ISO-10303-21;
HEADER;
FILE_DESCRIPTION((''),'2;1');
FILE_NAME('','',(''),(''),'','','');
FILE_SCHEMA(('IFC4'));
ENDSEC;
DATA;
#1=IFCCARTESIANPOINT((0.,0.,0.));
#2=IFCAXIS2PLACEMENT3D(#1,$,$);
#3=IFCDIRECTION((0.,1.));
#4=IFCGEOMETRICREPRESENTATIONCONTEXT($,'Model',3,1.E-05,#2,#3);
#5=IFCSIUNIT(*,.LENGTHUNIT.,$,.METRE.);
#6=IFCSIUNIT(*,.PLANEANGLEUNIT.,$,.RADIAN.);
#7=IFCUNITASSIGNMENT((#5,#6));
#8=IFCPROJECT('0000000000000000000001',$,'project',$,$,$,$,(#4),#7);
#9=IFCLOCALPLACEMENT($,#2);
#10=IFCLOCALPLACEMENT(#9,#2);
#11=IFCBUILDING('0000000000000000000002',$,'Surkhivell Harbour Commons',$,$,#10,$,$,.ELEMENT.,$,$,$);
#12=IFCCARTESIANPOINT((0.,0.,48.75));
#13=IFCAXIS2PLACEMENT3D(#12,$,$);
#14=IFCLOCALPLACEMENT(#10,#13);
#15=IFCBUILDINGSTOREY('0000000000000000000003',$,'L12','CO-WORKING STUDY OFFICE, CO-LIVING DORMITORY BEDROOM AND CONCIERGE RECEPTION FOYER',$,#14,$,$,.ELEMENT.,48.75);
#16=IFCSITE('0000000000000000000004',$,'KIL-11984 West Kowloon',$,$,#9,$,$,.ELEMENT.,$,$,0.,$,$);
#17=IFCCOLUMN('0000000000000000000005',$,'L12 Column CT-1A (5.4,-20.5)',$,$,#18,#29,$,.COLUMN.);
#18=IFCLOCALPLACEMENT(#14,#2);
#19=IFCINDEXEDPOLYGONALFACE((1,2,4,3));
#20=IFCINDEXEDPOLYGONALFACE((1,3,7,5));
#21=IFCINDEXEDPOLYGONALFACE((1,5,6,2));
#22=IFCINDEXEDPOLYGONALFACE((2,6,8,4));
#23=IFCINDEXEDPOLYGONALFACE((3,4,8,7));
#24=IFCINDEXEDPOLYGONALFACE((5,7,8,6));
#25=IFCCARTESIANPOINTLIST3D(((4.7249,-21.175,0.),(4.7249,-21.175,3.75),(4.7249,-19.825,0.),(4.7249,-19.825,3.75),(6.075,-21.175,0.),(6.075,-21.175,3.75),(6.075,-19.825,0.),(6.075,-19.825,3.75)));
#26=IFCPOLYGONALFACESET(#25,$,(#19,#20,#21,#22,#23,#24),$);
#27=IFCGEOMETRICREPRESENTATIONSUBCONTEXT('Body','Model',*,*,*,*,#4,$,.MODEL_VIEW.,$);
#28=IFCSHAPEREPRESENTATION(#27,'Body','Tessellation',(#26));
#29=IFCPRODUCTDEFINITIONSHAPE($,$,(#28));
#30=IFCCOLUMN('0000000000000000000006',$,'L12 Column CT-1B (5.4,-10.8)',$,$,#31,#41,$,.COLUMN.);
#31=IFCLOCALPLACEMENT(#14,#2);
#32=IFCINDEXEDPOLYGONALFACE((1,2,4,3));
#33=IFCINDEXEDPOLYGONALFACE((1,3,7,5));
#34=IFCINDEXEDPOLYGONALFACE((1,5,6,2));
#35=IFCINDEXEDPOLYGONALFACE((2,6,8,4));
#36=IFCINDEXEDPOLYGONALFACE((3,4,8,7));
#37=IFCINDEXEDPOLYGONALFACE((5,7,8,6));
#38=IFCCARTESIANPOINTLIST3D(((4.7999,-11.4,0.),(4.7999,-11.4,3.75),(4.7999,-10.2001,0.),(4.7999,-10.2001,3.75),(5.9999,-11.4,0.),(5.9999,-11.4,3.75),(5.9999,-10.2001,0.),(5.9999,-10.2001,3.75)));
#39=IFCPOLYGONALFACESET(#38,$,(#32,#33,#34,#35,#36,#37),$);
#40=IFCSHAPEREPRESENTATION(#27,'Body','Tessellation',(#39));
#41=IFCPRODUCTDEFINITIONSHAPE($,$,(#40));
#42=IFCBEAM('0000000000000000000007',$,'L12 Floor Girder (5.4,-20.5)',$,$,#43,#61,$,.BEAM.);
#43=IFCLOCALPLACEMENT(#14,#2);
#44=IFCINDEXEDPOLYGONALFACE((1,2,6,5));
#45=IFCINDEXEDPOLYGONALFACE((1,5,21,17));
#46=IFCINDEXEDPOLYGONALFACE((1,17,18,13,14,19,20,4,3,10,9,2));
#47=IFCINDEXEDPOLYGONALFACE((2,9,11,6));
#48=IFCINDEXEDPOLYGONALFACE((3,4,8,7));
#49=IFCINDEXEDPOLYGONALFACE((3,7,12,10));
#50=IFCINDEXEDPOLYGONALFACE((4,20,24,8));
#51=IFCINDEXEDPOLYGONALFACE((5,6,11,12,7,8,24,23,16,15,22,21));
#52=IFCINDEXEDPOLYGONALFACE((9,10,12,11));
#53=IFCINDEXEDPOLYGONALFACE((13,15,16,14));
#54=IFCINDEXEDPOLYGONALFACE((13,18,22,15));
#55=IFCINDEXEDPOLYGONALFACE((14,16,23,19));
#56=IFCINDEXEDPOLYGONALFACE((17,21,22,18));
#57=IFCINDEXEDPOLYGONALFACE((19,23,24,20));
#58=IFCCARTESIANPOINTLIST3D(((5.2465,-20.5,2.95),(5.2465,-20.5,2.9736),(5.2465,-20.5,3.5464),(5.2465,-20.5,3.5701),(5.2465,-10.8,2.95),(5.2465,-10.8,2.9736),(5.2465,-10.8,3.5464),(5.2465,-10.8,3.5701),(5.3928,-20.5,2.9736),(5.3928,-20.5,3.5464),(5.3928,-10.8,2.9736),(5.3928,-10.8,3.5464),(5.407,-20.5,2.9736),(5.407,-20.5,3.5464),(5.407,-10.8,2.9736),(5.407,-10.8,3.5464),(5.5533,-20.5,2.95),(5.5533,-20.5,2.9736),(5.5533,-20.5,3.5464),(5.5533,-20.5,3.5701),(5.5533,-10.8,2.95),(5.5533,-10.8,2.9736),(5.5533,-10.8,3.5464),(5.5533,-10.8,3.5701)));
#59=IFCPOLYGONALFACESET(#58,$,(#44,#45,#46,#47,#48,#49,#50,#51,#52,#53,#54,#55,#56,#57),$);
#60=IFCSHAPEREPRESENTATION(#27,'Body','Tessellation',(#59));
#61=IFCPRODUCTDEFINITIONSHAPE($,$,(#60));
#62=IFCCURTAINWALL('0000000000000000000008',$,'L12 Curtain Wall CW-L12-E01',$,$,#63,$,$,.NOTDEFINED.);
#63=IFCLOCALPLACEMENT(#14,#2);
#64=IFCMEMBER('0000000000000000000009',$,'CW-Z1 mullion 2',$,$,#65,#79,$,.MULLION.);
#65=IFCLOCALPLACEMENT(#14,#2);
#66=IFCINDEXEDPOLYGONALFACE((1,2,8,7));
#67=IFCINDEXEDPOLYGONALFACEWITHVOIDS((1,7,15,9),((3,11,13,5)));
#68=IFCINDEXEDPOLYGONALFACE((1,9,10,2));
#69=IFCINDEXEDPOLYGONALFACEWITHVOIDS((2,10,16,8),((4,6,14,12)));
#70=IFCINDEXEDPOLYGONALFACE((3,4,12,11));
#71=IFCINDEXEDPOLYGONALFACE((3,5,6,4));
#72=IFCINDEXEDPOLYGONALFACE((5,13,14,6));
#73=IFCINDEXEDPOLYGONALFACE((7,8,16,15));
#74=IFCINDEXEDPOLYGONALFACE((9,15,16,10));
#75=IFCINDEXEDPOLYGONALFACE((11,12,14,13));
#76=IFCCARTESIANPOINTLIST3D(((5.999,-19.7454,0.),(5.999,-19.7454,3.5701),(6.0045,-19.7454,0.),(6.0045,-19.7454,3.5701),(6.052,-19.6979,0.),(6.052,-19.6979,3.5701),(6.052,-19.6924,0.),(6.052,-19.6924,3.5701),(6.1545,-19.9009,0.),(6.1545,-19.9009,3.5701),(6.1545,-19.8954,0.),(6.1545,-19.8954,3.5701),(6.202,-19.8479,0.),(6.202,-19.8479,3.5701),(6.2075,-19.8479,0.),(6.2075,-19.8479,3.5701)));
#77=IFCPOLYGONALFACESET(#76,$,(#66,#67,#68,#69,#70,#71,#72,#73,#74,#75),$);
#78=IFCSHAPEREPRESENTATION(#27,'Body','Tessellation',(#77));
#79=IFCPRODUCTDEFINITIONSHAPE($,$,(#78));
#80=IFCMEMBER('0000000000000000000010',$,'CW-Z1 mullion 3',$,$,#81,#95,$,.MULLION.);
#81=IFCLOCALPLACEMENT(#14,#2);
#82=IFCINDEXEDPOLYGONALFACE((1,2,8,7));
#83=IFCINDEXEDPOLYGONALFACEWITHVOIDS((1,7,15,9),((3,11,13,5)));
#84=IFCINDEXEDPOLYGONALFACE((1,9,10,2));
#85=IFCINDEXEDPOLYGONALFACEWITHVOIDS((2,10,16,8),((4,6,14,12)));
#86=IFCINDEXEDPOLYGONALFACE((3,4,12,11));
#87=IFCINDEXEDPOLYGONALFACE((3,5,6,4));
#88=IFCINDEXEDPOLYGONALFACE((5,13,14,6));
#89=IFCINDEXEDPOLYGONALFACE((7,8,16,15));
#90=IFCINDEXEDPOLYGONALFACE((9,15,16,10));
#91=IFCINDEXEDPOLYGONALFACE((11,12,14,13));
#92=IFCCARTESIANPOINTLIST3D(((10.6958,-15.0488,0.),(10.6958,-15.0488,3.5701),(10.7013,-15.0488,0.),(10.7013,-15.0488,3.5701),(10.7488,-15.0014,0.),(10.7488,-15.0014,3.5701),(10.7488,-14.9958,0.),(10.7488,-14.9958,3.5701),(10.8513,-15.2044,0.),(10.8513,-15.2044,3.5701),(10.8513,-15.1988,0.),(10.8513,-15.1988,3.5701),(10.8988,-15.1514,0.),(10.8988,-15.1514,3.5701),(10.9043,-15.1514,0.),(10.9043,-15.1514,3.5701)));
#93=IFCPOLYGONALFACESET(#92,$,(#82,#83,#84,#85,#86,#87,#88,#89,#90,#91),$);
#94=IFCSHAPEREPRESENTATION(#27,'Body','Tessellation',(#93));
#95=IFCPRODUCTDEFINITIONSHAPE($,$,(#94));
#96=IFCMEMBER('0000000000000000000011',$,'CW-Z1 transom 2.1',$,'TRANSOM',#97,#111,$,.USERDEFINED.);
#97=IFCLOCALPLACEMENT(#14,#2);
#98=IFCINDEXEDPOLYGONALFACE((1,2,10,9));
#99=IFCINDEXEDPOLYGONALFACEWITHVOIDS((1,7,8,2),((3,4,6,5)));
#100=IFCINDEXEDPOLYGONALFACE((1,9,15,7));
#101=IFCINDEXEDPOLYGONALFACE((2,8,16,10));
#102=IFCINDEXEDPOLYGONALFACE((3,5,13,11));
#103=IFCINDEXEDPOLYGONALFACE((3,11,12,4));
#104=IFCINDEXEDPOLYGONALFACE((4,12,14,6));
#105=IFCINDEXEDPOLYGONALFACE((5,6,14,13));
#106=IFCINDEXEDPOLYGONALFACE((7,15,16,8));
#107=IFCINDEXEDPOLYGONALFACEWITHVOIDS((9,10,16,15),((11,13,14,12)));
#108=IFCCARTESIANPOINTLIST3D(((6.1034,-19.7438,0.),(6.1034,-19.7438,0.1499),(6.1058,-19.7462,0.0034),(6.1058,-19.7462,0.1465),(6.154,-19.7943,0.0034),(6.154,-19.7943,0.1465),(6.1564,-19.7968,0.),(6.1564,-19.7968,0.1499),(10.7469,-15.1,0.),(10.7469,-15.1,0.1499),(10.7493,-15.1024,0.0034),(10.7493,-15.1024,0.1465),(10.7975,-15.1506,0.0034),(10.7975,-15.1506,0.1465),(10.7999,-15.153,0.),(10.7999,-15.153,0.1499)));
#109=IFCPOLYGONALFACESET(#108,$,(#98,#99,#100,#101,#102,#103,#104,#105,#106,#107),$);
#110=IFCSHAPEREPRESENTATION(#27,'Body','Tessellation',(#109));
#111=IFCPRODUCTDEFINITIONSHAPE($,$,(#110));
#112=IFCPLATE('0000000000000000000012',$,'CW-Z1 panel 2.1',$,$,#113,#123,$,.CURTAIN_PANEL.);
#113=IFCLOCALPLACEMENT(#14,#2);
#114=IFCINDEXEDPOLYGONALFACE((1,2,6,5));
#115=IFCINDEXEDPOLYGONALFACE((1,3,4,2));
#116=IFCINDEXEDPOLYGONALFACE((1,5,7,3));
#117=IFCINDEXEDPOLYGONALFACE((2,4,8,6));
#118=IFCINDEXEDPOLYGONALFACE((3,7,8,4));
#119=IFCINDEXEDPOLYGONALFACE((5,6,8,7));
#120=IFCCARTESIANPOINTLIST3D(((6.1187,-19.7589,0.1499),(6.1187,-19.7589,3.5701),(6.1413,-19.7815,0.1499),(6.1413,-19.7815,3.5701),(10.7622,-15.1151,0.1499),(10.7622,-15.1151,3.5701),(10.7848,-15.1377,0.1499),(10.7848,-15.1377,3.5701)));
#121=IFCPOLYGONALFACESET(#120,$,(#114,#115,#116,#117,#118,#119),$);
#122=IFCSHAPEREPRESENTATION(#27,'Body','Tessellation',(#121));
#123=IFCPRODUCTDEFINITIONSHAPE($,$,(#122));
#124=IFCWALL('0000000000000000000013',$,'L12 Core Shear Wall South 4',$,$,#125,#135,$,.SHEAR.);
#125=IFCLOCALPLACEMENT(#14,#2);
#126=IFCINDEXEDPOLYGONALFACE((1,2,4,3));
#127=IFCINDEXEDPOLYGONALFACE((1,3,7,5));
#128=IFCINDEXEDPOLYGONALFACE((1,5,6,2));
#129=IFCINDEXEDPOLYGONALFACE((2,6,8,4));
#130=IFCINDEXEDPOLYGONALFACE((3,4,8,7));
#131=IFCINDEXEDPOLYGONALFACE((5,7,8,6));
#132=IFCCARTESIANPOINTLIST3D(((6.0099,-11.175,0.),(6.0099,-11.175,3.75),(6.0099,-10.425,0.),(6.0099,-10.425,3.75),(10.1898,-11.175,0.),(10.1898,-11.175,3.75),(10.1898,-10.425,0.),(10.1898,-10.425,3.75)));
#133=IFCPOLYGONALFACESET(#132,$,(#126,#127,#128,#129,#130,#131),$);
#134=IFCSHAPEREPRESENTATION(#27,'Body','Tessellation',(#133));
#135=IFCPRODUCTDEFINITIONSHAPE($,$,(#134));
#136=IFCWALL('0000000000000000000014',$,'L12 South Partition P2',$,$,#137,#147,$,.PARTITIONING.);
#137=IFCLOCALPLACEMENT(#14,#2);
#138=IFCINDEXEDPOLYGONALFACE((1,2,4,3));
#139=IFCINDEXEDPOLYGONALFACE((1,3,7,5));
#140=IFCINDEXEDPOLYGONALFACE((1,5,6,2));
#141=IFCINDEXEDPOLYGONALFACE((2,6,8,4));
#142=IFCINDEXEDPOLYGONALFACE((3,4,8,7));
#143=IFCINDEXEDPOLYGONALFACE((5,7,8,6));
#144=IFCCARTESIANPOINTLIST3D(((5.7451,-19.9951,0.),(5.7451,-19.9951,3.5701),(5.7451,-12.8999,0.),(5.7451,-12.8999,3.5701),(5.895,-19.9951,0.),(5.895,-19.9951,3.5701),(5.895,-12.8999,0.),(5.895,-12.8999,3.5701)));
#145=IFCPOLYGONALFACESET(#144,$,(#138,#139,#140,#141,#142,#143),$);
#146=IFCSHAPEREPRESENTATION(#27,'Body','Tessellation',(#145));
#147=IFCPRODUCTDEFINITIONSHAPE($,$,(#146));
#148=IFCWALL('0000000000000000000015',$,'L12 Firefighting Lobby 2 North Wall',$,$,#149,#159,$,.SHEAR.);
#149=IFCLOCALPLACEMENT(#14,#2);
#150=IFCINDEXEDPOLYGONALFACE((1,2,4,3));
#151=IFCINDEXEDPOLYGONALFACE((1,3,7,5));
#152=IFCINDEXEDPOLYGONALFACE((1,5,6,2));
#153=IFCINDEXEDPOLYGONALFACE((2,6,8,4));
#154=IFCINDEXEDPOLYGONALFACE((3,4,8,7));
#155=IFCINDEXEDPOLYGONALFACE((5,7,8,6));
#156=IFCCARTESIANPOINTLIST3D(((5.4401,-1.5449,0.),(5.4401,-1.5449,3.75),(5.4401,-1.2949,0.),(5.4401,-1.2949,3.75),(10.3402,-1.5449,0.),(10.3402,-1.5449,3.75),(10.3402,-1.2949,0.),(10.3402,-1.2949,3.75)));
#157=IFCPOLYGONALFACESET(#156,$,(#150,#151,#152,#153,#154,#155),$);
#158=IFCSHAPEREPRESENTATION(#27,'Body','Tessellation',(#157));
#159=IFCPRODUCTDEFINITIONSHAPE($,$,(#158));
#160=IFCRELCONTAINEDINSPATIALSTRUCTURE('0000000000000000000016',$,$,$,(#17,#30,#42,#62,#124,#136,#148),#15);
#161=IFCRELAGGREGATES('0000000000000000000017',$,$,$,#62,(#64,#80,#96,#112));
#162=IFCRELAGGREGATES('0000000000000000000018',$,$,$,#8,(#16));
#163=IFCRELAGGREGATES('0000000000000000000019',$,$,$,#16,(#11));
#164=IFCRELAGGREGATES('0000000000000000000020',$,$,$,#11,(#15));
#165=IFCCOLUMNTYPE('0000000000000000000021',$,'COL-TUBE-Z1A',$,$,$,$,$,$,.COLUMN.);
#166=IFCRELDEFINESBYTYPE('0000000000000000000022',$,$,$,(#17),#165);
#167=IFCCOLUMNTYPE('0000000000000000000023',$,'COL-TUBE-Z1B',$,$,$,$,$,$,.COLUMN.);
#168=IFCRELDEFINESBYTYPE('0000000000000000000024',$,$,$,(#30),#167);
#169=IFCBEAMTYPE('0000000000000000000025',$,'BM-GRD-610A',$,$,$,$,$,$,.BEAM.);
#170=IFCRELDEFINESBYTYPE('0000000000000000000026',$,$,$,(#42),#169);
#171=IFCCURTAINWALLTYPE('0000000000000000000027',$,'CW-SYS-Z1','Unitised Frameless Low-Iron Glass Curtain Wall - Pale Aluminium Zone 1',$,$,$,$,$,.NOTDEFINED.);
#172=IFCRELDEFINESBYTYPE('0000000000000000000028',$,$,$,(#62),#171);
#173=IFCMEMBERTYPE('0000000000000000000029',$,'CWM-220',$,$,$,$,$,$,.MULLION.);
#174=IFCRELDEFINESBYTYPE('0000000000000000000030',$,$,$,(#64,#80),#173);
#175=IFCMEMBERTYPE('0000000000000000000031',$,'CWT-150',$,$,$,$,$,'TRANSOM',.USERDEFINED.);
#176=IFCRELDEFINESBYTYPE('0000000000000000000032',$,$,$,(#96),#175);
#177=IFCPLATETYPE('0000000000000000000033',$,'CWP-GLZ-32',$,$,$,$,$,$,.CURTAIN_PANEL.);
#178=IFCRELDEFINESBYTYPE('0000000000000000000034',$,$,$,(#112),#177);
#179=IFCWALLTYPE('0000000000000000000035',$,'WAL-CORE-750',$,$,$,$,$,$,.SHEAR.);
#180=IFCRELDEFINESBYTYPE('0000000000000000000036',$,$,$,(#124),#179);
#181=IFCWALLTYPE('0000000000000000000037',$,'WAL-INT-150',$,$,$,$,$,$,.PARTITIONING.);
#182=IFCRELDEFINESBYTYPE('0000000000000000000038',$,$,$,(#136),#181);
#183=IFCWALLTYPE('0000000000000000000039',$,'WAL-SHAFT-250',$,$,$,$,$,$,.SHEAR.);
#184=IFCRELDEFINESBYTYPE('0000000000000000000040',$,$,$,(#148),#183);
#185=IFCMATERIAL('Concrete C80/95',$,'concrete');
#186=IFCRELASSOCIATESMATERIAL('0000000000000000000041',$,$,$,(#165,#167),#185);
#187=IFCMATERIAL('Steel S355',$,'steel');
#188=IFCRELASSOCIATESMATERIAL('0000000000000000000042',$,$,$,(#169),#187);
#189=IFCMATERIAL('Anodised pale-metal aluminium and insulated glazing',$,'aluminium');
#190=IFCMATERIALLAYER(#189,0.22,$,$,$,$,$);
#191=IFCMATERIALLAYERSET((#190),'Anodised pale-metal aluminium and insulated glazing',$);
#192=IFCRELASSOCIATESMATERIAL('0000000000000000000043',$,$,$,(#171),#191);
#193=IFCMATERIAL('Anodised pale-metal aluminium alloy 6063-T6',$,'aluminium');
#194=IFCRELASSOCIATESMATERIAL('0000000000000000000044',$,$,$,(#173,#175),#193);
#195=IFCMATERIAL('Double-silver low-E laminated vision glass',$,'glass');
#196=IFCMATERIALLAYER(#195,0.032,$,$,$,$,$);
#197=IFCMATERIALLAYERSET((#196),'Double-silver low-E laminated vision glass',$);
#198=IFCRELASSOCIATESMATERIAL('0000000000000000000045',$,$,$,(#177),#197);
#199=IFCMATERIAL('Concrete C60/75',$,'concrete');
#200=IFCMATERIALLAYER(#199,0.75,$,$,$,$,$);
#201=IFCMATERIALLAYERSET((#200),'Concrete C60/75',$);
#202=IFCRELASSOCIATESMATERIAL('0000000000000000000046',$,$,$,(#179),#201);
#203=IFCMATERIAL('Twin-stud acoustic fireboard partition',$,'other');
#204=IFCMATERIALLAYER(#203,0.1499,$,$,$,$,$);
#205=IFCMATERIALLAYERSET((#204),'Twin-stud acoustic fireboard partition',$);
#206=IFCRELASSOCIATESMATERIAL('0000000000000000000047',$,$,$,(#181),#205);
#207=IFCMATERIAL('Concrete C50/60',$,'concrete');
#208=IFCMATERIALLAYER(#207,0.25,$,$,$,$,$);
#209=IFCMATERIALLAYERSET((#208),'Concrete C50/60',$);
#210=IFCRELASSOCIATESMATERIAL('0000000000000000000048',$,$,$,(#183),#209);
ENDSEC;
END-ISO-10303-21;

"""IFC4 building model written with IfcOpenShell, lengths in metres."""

from ifc_helpers import new_model, si_unit, direction, frame, frame_2d, origin, origin_2d, place, context, subcontext, project, spatial, rectangle, hollow_rectangle, i_section, extrude, material, layer, layer_set, material_profile, profile_set, type_object, element, aggregate, save


model = new_model("IFC4")

# Units and contexts
model_context = context("Model", 3, precision=1e-05, world=origin(), true_north=direction((0.0, 1.0)))
body_context = subcontext(model_context, "Body", "Model", "MODEL_VIEW")
ifc_project = project(units=[si_unit("LENGTHUNIT", "METRE"), si_unit("PLANEANGLEUNIT", "RADIAN")], contexts=[model_context])

# Site, building, storey
site_placement = place(None, origin())
site = spatial("IfcSite", under=ifc_project, at=site_placement, Name="KIL-11984 West Kowloon", CompositionType="ELEMENT", RefElevation=0.0)
building_placement = place(site_placement, origin())
building = spatial("IfcBuilding", under=site, at=building_placement, Name="Surkhivell Harbour Commons", CompositionType="ELEMENT")
storey_placement = place(building_placement, frame((0.0, 0.0, 48.75)))
storey = spatial("IfcBuildingStorey", under=building, at=storey_placement, Name="L12", Description="CO-WORKING STUDY OFFICE, CO-LIVING DORMITORY BEDROOM AND CONCIERGE RECEPTION FOYER", CompositionType="ELEMENT", Elevation=48.75)

# Columns
ifc_material_1 = material(Name="Concrete C80/95", Category="concrete")
ifc_material_profile_1 = material_profile(ifc_material_1, rectangle(XDim=1.3501, YDim=1.3501, at=origin_2d()), Name="RC-COL-1350x1350")
ifc_profile_set_1 = profile_set([ifc_material_profile_1], Name="Concrete C80/95")
column_type_1 = type_object("IfcColumnType", Name="COL-TUBE-Z1A", PredefinedType="COLUMN", material=ifc_profile_set_1)
column_1_placement = place(storey_placement, frame((5.3999, -20.5, 0.0), z_axis=(0.0, 0.0, 1.0), x_axis=(1.0, 0.0, 0.0)))
element("IfcColumn", 1, at=column_1_placement, inside=storey, type_object=column_type_1, Name="L12 Column CT-1A (5.4,-20.5)", PredefinedType="COLUMN", context=body_context, shape_type="SweptSolid", body=[
    extrude(rectangle(XDim=1.3501, YDim=1.3501, at=origin_2d()), origin(), (0.0, 0.0, 1.0), 3.75),
])
ifc_material_profile_2 = material_profile(ifc_material_1, rectangle(XDim=1.2, YDim=1.2, at=origin_2d()), Name="RC-COL-1200x1200")
ifc_profile_set_2 = profile_set([ifc_material_profile_2], Name="Concrete C80/95")
column_type_2 = type_object("IfcColumnType", Name="COL-TUBE-Z1B", PredefinedType="COLUMN", material=ifc_profile_set_2)
column_2_placement = place(storey_placement, frame((5.3999, -10.8, 0.0), z_axis=(0.0, 0.0, 1.0), x_axis=(1.0, 0.0, 0.0)))
element("IfcColumn", 2, at=column_2_placement, inside=storey, type_object=column_type_2, Name="L12 Column CT-1B (5.4,-10.8)", PredefinedType="COLUMN", context=body_context, shape_type="SweptSolid", body=[
    extrude(rectangle(XDim=1.2, YDim=1.2, at=origin_2d()), origin(), (0.0, 0.0, 1.0), 3.75),
])

# Beam
ifc_material_2 = material(Name="Steel S355", Category="steel")
ifc_material_profile_3 = material_profile(ifc_material_2, i_section(OverallWidth=0.3069, OverallDepth=0.6201, WebThickness=0.0142, FlangeThickness=0.0237, at=origin_2d()), Name="UB610x305x179")
ifc_profile_set_3 = profile_set([ifc_material_profile_3], Name="Steel S355")
beam_type = type_object("IfcBeamType", Name="BM-GRD-610A", PredefinedType="BEAM", material=ifc_profile_set_3)
beam_placement = place(storey_placement, frame((5.3999, -20.5, 3.26), z_axis=(0.0, 1.0, 0.0), x_axis=(-1.0, 0.0, 0.0)))
element("IfcBeam", 3, at=beam_placement, inside=storey, type_object=beam_type, Name="L12 Floor Girder (5.4,-20.5)", PredefinedType="BEAM", context=body_context, shape_type="SweptSolid", body=[
    extrude(i_section(OverallWidth=0.3069, OverallDepth=0.6201, WebThickness=0.0142, FlangeThickness=0.0237, at=origin_2d()), origin(), (0.0, 0.0, 1.0), 9.7),
])

# Curtain wall, members, plate
ifc_material_3 = material(Name="Anodised pale-metal aluminium and insulated glazing", Category="aluminium")
ifc_layer_1 = layer(ifc_material_3, 0.22)
ifc_layer_set_1 = layer_set([ifc_layer_1], Name="Anodised pale-metal aluminium and insulated glazing")
curtain_wall_type = type_object("IfcCurtainWallType", Name="CW-SYS-Z1", Description="Unitised Frameless Low-Iron Glass Curtain Wall - Pale Aluminium Zone 1", PredefinedType="NOTDEFINED", material=ifc_layer_set_1)
curtain_wall_placement = place(storey_placement, origin())
curtain_wall = element("IfcCurtainWall", 4, at=curtain_wall_placement, inside=storey, type_object=curtain_wall_type, Name="L12 Curtain Wall CW-L12-E01", PredefinedType="NOTDEFINED")
ifc_material_4 = material(Name="Anodised pale-metal aluminium alloy 6063-T6", Category="aluminium")
ifc_material_profile_4 = material_profile(ifc_material_4, hollow_rectangle(XDim=0.075, YDim=0.22, WallThickness=0.0039, at=origin_2d()), Name="ALU-MULL-75x220")
ifc_profile_set_4 = profile_set([ifc_material_profile_4], Name="Anodised pale-metal aluminium alloy 6063-T6")
member_type_1 = type_object("IfcMemberType", Name="CWM-220", PredefinedType="MULLION", material=ifc_profile_set_4)
member_1_placement = place(storey_placement, frame((6.1033, -19.7966, 0.0), z_axis=(0.0, 0.0, 1.0), x_axis=(0.707107, 0.707107, 0.0)))
member_1 = element("IfcMember", 5, at=member_1_placement, type_object=member_type_1, Name="CW-Z1 mullion 2", PredefinedType="MULLION", context=body_context, shape_type="SweptSolid", body=[
    extrude(hollow_rectangle(XDim=0.075, YDim=0.22, WallThickness=0.0039, at=origin_2d()), origin(), (0.0, 0.0, 1.0), 3.5701),
])
member_2_placement = place(storey_placement, frame((10.8, -15.1001, 0.0), z_axis=(0.0, 0.0, 1.0), x_axis=(0.707107, 0.707107, 0.0)))
member_2 = element("IfcMember", 6, at=member_2_placement, type_object=member_type_1, Name="CW-Z1 mullion 3", PredefinedType="MULLION", context=body_context, shape_type="SweptSolid", body=[
    extrude(hollow_rectangle(XDim=0.075, YDim=0.22, WallThickness=0.0039, at=origin_2d()), origin(), (0.0, 0.0, 1.0), 3.5701),
])
ifc_material_profile_5 = material_profile(ifc_material_4, hollow_rectangle(XDim=0.075, YDim=0.1499, WallThickness=0.0034, at=origin_2d()), Name="ALU-TRAN-75x150")
ifc_profile_set_5 = profile_set([ifc_material_profile_5], Name="Anodised pale-metal aluminium alloy 6063-T6")
member_type_2 = type_object("IfcMemberType", Name="CWT-150", ElementType="TRANSOM", PredefinedType="USERDEFINED", material=ifc_profile_set_5)
member_3_placement = place(storey_placement, frame((6.1299, -19.7703, 0.075), z_axis=(0.707088, 0.707125, 0.0), x_axis=(-0.707125, 0.707088, 0.0)))
member_3 = element("IfcMember", 7, at=member_3_placement, type_object=member_type_2, Name="CW-Z1 transom 2.1", ObjectType="TRANSOM", PredefinedType="USERDEFINED", context=body_context, shape_type="SweptSolid", body=[
    extrude(hollow_rectangle(XDim=0.075, YDim=0.1499, WallThickness=0.0034, at=origin_2d()), origin(), (0.0, 0.0, 1.0), 6.5671),
])
ifc_material_5 = material(Name="Double-silver low-E laminated vision glass", Category="glass")
ifc_layer_2 = layer(ifc_material_5, 0.032)
ifc_layer_set_2 = layer_set([ifc_layer_2], Name="Double-silver low-E laminated vision glass")
plate_type = type_object("IfcPlateType", Name="CWP-GLZ-32", PredefinedType="CURTAIN_PANEL", material=ifc_layer_set_2)
plate_placement = place(storey_placement, frame((6.1299, -19.7703, 0.1499), z_axis=(0.0, 0.0, 1.0), x_axis=(0.707088, 0.707125, 0.0)))
plate = element("IfcPlate", 8, at=plate_placement, type_object=plate_type, Name="CW-Z1 panel 2.1", PredefinedType="CURTAIN_PANEL", context=body_context, shape_type="SweptSolid", body=[
    extrude(rectangle(XDim=6.5671, YDim=0.032, at=frame_2d((3.2837, 0.0))), origin(), (0.0, 0.0, 1.0), 3.4202),
])
aggregate(curtain_wall, [member_1, member_2, member_3, plate])

# Walls
ifc_material_6 = material(Name="Concrete C60/75", Category="concrete")
ifc_layer_3 = layer(ifc_material_6, 0.75)
ifc_layer_set_3 = layer_set([ifc_layer_3], Name="Concrete C60/75")
wall_type_1 = type_object("IfcWallType", Name="WAL-CORE-750", PredefinedType="SHEAR", material=ifc_layer_set_3)
wall_1_placement = place(storey_placement, frame((6.01, -10.8, 0.0), z_axis=(0.0, 0.0, 1.0), x_axis=(1.0, 0.0, 0.0)))
element("IfcWall", 9, at=wall_1_placement, inside=storey, type_object=wall_type_1, Name="L12 Core Shear Wall South 4", PredefinedType="SHEAR", context=body_context, shape_type="SweptSolid", body=[
    extrude(rectangle(XDim=4.1799, YDim=0.75, at=frame_2d((2.0898, 0.0))), origin(), (0.0, 0.0, 1.0), 3.75),
])
ifc_material_7 = material(Name="Twin-stud acoustic fireboard partition", Category="other")
ifc_layer_4 = layer(ifc_material_7, 0.1499)
ifc_layer_set_4 = layer_set([ifc_layer_4], Name="Twin-stud acoustic fireboard partition")
wall_type_2 = type_object("IfcWallType", Name="WAL-INT-150", PredefinedType="PARTITIONING", material=ifc_layer_set_4)
wall_2_placement = place(storey_placement, frame((5.8201, -19.9951, 0.0), z_axis=(0.0, 0.0, 1.0), x_axis=(0.0, 1.0, 0.0)))
element("IfcWall", 10, at=wall_2_placement, inside=storey, type_object=wall_type_2, Name="L12 South Partition P2", PredefinedType="PARTITIONING", context=body_context, shape_type="SweptSolid", body=[
    extrude(rectangle(XDim=7.0952, YDim=0.1499, at=frame_2d((3.5476, 0.0))), origin(), (0.0, 0.0, 1.0), 3.5701),
])
ifc_material_8 = material(Name="Concrete C50/60", Category="concrete")
ifc_layer_5 = layer(ifc_material_8, 0.25)
ifc_layer_set_5 = layer_set([ifc_layer_5], Name="Concrete C50/60")
wall_type_3 = type_object("IfcWallType", Name="WAL-SHAFT-250", PredefinedType="SHEAR", material=ifc_layer_set_5)
wall_3_placement = place(storey_placement, frame((5.4399, -1.4199, 0.0), z_axis=(0.0, 0.0, 1.0), x_axis=(1.0, 0.0, 0.0)))
element("IfcWall", 11, at=wall_3_placement, inside=storey, type_object=wall_type_3, Name="L12 Firefighting Lobby 2 North Wall", PredefinedType="SHEAR", context=body_context, shape_type="SweptSolid", body=[
    extrude(rectangle(XDim=4.9001, YDim=0.25, at=frame_2d((2.4502, 0.0))), origin(), (0.0, 0.0, 1.0), 3.75),
])

save(model, "model.ifc")
